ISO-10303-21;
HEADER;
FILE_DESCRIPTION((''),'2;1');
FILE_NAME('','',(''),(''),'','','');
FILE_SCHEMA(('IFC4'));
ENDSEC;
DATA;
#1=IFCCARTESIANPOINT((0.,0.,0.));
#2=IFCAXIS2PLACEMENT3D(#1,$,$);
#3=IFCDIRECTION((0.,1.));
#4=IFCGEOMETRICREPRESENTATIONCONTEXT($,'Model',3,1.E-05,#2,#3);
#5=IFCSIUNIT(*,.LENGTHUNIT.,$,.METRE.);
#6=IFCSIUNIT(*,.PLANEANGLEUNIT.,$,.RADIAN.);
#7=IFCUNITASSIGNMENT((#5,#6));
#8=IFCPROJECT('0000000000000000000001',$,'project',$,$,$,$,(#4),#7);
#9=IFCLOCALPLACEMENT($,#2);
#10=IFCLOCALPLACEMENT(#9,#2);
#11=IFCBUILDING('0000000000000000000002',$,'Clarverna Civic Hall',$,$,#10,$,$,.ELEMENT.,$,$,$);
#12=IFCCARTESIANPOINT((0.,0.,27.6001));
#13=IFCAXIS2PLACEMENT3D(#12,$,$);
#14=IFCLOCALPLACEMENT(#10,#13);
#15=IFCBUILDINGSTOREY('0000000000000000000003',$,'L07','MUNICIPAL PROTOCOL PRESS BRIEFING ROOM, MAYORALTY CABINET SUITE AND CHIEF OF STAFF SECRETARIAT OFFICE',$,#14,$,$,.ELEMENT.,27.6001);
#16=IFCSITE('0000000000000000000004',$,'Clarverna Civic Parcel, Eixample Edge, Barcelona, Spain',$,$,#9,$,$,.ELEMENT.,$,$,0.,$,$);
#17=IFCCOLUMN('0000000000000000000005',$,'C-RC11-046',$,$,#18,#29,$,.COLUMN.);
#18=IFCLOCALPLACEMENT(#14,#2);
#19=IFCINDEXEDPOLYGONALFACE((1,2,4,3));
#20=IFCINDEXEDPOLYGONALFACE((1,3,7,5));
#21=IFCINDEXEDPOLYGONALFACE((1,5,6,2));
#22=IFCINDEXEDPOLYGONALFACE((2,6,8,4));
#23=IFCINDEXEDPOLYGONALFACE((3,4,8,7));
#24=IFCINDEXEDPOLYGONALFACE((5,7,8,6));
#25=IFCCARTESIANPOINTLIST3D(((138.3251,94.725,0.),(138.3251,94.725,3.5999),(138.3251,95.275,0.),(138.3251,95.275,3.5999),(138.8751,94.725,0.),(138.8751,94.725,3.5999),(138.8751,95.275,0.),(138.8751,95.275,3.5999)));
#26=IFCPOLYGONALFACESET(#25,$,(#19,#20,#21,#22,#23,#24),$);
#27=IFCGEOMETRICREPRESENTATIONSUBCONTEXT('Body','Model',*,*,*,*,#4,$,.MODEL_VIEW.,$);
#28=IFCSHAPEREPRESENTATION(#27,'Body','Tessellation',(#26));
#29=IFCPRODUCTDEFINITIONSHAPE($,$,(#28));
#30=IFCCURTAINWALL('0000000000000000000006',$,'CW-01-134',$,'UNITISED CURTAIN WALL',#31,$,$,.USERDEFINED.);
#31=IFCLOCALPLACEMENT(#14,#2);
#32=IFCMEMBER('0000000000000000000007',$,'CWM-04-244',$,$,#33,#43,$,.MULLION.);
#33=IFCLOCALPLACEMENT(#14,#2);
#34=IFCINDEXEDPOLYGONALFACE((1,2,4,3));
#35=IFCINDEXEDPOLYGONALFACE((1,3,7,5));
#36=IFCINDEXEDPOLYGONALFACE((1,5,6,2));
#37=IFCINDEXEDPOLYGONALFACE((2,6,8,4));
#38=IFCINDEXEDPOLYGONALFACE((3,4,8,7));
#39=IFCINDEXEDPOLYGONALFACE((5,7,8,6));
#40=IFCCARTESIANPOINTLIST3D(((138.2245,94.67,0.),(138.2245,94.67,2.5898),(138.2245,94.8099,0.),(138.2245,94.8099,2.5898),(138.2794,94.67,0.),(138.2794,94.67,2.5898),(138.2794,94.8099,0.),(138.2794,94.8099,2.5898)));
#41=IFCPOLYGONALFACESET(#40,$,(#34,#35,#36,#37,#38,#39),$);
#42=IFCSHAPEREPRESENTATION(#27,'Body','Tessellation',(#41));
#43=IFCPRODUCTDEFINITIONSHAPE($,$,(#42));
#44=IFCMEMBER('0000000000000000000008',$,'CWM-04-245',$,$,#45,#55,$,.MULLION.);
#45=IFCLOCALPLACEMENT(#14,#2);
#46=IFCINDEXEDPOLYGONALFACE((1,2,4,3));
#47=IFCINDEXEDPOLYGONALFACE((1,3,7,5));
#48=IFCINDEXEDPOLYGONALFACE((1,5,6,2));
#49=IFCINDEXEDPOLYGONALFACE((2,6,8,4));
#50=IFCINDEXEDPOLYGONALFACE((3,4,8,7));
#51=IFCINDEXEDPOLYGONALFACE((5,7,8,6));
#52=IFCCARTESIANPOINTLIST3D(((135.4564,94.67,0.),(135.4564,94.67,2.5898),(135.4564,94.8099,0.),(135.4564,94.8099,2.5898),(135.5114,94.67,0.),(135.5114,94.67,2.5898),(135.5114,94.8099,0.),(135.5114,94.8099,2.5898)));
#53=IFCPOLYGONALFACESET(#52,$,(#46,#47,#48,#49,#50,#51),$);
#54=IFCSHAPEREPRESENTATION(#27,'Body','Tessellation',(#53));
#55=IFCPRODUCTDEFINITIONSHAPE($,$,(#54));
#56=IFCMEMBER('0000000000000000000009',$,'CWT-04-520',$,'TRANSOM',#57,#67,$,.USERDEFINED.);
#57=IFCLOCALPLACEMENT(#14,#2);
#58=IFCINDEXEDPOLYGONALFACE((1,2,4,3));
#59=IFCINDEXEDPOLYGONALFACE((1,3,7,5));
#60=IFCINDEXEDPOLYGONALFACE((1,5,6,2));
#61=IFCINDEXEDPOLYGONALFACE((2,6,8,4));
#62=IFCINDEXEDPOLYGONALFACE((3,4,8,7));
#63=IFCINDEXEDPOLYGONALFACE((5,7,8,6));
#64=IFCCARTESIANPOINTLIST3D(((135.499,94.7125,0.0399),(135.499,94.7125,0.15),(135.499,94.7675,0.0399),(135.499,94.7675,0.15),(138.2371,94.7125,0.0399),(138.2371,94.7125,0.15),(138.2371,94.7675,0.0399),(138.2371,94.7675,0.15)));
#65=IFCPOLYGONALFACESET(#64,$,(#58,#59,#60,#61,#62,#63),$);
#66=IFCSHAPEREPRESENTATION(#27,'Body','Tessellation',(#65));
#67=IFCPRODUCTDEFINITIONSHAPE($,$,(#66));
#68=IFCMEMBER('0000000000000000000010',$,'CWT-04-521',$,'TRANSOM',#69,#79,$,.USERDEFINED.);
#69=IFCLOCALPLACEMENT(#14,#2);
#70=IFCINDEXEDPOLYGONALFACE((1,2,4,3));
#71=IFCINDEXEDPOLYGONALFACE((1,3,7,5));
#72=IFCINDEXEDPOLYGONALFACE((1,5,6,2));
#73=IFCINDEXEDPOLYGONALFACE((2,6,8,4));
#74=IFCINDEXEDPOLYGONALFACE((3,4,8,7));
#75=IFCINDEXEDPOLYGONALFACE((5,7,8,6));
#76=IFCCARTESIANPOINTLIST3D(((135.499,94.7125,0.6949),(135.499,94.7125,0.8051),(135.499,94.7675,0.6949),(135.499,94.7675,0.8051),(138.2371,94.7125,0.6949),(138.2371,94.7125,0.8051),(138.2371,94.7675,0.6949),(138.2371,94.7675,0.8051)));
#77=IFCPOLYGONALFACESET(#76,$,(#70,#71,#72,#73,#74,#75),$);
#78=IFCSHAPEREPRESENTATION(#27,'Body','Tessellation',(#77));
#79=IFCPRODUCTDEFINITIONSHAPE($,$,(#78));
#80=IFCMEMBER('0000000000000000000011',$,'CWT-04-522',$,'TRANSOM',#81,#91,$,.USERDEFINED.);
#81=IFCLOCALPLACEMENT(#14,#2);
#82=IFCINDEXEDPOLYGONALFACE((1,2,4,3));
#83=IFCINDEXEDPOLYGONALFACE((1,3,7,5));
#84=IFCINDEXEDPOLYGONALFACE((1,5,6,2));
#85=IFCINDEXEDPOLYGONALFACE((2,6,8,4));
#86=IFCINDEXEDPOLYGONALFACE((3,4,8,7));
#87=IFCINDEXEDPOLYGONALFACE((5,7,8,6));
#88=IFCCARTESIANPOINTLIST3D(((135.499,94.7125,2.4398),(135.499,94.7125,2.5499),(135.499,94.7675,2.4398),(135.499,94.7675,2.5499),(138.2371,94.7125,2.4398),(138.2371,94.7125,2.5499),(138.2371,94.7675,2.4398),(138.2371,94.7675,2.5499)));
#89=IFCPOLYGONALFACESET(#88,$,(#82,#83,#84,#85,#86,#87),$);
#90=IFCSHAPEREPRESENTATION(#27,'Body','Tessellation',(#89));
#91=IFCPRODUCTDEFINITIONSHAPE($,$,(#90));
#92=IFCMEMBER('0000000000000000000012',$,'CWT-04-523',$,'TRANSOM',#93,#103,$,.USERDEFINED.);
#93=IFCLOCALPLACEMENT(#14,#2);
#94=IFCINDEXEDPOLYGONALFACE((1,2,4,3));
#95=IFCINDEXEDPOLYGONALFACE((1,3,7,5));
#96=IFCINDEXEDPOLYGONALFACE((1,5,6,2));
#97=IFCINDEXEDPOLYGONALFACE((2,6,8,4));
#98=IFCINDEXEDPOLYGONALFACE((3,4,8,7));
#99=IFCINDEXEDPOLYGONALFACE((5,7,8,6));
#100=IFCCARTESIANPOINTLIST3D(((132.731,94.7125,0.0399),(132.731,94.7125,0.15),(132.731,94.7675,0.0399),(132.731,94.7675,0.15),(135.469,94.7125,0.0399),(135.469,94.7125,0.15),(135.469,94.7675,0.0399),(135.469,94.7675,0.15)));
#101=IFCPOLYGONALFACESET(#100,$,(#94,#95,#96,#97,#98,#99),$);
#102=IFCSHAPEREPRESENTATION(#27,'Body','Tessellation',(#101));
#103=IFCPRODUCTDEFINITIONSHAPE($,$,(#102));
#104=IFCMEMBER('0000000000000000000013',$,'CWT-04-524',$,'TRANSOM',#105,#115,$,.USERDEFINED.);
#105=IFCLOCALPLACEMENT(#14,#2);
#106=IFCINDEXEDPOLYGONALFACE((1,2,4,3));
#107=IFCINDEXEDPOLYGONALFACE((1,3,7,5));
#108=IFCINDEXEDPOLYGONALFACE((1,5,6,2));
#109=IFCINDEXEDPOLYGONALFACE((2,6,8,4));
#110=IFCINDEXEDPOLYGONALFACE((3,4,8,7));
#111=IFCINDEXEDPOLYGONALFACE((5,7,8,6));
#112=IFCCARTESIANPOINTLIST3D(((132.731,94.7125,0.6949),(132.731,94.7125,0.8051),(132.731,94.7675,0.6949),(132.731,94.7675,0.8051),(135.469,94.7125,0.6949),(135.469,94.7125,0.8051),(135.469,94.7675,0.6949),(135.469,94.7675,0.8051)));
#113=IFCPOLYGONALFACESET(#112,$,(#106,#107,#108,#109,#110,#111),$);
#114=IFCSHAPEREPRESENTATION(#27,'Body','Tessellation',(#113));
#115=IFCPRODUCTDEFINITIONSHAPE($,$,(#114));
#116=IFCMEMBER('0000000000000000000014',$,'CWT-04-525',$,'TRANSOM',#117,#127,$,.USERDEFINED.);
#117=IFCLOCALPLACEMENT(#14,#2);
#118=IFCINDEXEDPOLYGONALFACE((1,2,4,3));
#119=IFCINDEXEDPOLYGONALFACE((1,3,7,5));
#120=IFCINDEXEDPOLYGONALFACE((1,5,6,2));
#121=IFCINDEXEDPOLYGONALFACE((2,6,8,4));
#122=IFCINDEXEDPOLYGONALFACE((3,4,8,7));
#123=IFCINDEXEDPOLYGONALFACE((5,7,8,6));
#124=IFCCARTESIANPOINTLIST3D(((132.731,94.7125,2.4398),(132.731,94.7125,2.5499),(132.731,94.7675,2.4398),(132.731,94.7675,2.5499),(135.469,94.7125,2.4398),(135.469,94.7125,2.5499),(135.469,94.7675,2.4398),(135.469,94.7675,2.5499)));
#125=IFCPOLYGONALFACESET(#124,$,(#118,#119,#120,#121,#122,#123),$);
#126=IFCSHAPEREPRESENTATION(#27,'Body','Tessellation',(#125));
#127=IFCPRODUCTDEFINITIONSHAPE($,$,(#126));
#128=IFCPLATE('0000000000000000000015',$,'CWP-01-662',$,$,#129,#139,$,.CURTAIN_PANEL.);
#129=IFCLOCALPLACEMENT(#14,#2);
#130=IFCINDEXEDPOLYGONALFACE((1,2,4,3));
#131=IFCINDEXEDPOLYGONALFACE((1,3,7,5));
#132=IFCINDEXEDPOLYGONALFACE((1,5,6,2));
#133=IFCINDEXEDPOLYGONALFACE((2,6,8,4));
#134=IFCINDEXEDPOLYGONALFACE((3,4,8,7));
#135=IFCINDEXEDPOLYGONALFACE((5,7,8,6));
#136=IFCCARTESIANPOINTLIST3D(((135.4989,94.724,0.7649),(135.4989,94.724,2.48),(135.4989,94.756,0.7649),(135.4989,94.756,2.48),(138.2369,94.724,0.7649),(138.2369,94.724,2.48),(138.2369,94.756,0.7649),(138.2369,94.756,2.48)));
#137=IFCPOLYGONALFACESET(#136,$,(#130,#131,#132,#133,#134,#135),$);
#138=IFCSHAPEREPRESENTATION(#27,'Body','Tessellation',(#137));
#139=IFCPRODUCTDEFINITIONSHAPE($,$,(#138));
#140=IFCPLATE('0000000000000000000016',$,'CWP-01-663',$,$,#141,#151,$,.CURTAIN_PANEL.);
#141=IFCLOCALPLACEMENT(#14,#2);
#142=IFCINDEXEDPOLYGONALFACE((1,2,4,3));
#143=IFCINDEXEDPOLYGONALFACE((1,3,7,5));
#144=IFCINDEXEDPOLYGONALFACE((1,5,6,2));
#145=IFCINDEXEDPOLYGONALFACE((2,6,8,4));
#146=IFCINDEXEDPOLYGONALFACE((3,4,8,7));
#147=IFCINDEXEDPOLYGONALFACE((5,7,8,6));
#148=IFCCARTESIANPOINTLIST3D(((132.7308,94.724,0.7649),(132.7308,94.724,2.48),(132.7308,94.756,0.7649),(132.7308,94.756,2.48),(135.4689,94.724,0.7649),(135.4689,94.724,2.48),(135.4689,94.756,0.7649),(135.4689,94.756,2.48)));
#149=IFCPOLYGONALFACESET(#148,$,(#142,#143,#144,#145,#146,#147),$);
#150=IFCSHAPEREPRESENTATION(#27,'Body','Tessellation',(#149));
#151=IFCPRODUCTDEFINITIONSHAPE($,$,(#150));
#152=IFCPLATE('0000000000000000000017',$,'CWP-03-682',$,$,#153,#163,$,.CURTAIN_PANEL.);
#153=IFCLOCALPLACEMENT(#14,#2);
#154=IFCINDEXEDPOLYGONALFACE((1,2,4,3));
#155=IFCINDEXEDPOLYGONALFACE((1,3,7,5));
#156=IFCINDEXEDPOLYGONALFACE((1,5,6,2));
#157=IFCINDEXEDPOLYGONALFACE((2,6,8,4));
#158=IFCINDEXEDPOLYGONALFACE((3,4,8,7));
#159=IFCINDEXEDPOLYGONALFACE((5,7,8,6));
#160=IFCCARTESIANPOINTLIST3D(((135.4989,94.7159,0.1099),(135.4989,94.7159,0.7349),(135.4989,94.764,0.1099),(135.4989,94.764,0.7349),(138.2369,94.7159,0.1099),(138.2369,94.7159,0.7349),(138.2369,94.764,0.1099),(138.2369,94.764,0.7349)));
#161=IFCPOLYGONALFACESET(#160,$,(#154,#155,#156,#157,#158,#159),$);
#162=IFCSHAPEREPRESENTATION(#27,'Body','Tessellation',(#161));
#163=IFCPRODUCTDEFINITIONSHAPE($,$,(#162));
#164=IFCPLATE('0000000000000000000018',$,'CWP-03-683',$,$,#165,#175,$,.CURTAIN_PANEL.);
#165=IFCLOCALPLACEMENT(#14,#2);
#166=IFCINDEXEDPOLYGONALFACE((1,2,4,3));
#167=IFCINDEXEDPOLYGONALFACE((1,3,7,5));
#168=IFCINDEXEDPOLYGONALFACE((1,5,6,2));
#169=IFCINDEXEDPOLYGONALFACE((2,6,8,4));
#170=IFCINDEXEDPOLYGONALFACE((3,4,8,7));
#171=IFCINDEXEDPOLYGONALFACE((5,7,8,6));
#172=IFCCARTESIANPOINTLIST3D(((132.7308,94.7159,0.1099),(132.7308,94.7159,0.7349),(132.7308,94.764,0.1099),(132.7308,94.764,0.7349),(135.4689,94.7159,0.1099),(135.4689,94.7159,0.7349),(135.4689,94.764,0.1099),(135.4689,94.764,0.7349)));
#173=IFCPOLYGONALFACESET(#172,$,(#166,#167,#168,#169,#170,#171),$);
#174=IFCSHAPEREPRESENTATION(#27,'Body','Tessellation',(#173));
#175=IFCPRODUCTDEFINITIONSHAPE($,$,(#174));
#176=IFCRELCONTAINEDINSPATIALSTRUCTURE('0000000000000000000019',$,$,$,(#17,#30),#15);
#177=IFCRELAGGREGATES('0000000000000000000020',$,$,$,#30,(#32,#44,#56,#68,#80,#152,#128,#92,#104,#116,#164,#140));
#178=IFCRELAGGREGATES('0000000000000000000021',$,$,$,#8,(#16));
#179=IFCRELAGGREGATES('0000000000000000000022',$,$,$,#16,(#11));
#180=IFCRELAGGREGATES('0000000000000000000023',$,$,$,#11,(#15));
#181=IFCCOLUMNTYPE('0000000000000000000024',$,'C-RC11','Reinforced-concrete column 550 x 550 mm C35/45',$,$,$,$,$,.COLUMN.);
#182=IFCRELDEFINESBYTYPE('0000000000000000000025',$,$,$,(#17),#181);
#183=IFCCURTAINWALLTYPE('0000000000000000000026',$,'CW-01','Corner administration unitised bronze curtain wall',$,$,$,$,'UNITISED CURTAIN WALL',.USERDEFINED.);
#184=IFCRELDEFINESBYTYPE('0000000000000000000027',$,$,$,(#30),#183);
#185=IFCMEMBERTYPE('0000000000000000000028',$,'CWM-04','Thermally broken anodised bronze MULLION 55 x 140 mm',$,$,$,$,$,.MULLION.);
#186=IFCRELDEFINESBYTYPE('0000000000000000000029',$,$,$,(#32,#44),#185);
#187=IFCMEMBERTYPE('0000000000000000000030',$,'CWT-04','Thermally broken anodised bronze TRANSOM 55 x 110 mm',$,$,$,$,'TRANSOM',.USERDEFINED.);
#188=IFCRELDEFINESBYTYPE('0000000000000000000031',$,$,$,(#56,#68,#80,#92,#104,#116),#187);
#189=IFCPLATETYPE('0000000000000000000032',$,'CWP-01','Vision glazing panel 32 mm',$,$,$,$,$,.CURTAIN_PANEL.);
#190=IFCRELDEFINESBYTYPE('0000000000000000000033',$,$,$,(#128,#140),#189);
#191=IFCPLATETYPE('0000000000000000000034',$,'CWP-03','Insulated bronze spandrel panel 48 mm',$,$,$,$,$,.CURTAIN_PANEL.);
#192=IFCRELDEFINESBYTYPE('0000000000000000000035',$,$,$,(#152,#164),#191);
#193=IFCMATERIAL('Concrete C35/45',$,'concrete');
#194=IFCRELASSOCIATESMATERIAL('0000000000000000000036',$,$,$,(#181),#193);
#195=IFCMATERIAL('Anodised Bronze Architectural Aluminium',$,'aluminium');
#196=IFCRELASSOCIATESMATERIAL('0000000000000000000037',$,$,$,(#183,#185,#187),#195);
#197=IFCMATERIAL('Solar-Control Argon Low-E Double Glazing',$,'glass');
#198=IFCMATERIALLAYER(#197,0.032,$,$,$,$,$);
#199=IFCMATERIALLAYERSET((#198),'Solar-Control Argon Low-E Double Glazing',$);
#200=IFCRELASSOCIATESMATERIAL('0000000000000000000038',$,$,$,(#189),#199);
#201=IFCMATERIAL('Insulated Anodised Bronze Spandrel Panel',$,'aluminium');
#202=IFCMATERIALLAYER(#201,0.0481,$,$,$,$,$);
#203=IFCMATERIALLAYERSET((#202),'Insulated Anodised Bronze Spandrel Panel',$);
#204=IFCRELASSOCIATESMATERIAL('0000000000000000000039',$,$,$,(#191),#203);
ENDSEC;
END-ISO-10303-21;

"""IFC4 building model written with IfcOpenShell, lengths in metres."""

from ifc_helpers import new_model, si_unit, direction, frame, frame_2d, origin, origin_2d, place, context, subcontext, project, spatial, rectangle, extrude, material, layer, layer_set, material_profile, profile_set, type_object, element, aggregate, save


model = new_model("IFC4")

# Units and contexts
model_context = context("Model", 3, precision=1e-05, world=origin(), true_north=direction((0.0, 1.0)))
body_context = subcontext(model_context, "Body", "Model", "MODEL_VIEW")
ifc_project = project(units=[si_unit("LENGTHUNIT", "METRE"), si_unit("PLANEANGLEUNIT", "RADIAN")], contexts=[model_context])

# Site, building, storey
site_placement = place(None, origin())
site = spatial("IfcSite", under=ifc_project, at=site_placement, Name="Clarverna Civic Parcel, Eixample Edge, Barcelona, Spain", CompositionType="ELEMENT", RefElevation=0.0)
building_placement = place(site_placement, origin())
building = spatial("IfcBuilding", under=site, at=building_placement, Name="Clarverna Civic Hall", CompositionType="ELEMENT")
storey_placement = place(building_placement, frame((0.0, 0.0, 27.6001)))
storey = spatial("IfcBuildingStorey", under=building, at=storey_placement, Name="L07", Description="MUNICIPAL PROTOCOL PRESS BRIEFING ROOM, MAYORALTY CABINET SUITE AND CHIEF OF STAFF SECRETARIAT OFFICE", CompositionType="ELEMENT", Elevation=27.6001)

# Column
ifc_material_1 = material(Name="Concrete C35/45", Category="concrete")
ifc_material_profile_1 = material_profile(ifc_material_1, rectangle(XDim=0.55, YDim=0.55, at=origin_2d()), Name="RC 550x550")
ifc_profile_set_1 = profile_set([ifc_material_profile_1], Name="Concrete C35/45")
column_type = type_object("IfcColumnType", Name="C-RC11", Description="Reinforced-concrete column 550 x 550 mm C35/45", PredefinedType="COLUMN", material=ifc_profile_set_1)
column_placement = place(storey_placement, frame((138.6001, 95.0, 0.0), z_axis=(0.0, 0.0, 1.0), x_axis=(1.0, 0.0, 0.0)))
element("IfcColumn", 1, at=column_placement, inside=storey, type_object=column_type, Name="C-RC11-046", PredefinedType="COLUMN", context=body_context, shape_type="SweptSolid", body=[
    extrude(rectangle(XDim=0.55, YDim=0.55, at=origin_2d()), origin(), (0.0, 0.0, 1.0), 3.5999),
])

# Curtain wall, members, plates
ifc_material_2 = material(Name="Anodised Bronze Architectural Aluminium", Category="aluminium")
curtain_wall_type = type_object("IfcCurtainWallType", Name="CW-01", Description="Corner administration unitised bronze curtain wall", ElementType="UNITISED CURTAIN WALL", PredefinedType="USERDEFINED", material=ifc_material_2)
curtain_wall_placement = place(storey_placement, origin())
curtain_wall = element("IfcCurtainWall", 2, at=curtain_wall_placement, inside=storey, type_object=curtain_wall_type, Name="CW-01-134", ObjectType="UNITISED CURTAIN WALL", PredefinedType="USERDEFINED")
ifc_material_profile_2 = material_profile(ifc_material_2, rectangle(XDim=0.0549, YDim=0.1399, at=origin_2d()), Name="BRONZE 55x140")
ifc_profile_set_2 = profile_set([ifc_material_profile_2], Name="Anodised Bronze Architectural Aluminium")
member_type_1 = type_object("IfcMemberType", Name="CWM-04", Description="Thermally broken anodised bronze MULLION 55 x 140 mm", PredefinedType="MULLION", material=ifc_profile_set_2)
member_1_placement = place(storey_placement, frame((138.252, 94.74, 0.0), z_axis=(0.0, 0.0, 1.0), x_axis=(1.0, 0.0, 0.0)))
member_1 = element("IfcMember", 3, at=member_1_placement, type_object=member_type_1, Name="CWM-04-244", PredefinedType="MULLION", context=body_context, shape_type="SweptSolid", body=[
    extrude(rectangle(XDim=0.0549, YDim=0.1399, at=origin_2d()), origin(), (0.0, 0.0, 1.0), 2.5898),
])
member_2_placement = place(storey_placement, frame((135.4839, 94.74, 0.0), z_axis=(0.0, 0.0, 1.0), x_axis=(1.0, 0.0, 0.0)))
member_2 = element("IfcMember", 4, at=member_2_placement, type_object=member_type_1, Name="CWM-04-245", PredefinedType="MULLION", context=body_context, shape_type="SweptSolid", body=[
    extrude(rectangle(XDim=0.0549, YDim=0.1399, at=origin_2d()), origin(), (0.0, 0.0, 1.0), 2.5898),
])
ifc_material_profile_3 = material_profile(ifc_material_2, rectangle(XDim=0.0549, YDim=0.1101, at=origin_2d()), Name="BRONZE 55x110")
ifc_profile_set_3 = profile_set([ifc_material_profile_3], Name="Anodised Bronze Architectural Aluminium")
member_type_2 = type_object("IfcMemberType", Name="CWT-04", Description="Thermally broken anodised bronze TRANSOM 55 x 110 mm", ElementType="TRANSOM", PredefinedType="USERDEFINED", material=ifc_profile_set_3)
member_3_placement = place(storey_placement, frame((138.2371, 94.74, 0.095), z_axis=(-1.0, 0.0, 0.0), x_axis=(0.0, -1.0, 0.0)))
member_3 = element("IfcMember", 5, at=member_3_placement, type_object=member_type_2, Name="CWT-04-520", ObjectType="TRANSOM", PredefinedType="USERDEFINED", context=body_context, shape_type="SweptSolid", body=[
    extrude(rectangle(XDim=0.0549, YDim=0.1101, at=origin_2d()), origin(), (0.0, 0.0, 1.0), 2.738),
])
member_4_placement = place(storey_placement, frame((138.2371, 94.74, 0.75), z_axis=(-1.0, 0.0, 0.0), x_axis=(0.0, -1.0, 0.0)))
member_4 = element("IfcMember", 6, at=member_4_placement, type_object=member_type_2, Name="CWT-04-521", ObjectType="TRANSOM", PredefinedType="USERDEFINED", context=body_context, shape_type="SweptSolid", body=[
    extrude(rectangle(XDim=0.0549, YDim=0.1101, at=origin_2d()), origin(), (0.0, 0.0, 1.0), 2.738),
])
member_5_placement = place(storey_placement, frame((138.2371, 94.74, 2.4949), z_axis=(-1.0, 0.0, 0.0), x_axis=(0.0, -1.0, 0.0)))
member_5 = element("IfcMember", 7, at=member_5_placement, type_object=member_type_2, Name="CWT-04-522", ObjectType="TRANSOM", PredefinedType="USERDEFINED", context=body_context, shape_type="SweptSolid", body=[
    extrude(rectangle(XDim=0.0549, YDim=0.1101, at=origin_2d()), origin(), (0.0, 0.0, 1.0), 2.738),
])
member_6_placement = place(storey_placement, frame((135.469, 94.74, 0.095), z_axis=(-1.0, 0.0, 0.0), x_axis=(0.0, -1.0, 0.0)))
member_6 = element("IfcMember", 8, at=member_6_placement, type_object=member_type_2, Name="CWT-04-523", ObjectType="TRANSOM", PredefinedType="USERDEFINED", context=body_context, shape_type="SweptSolid", body=[
    extrude(rectangle(XDim=0.0549, YDim=0.1101, at=origin_2d()), origin(), (0.0, 0.0, 1.0), 2.738),
])
member_7_placement = place(storey_placement, frame((135.469, 94.74, 0.75), z_axis=(-1.0, 0.0, 0.0), x_axis=(0.0, -1.0, 0.0)))
member_7 = element("IfcMember", 9, at=member_7_placement, type_object=member_type_2, Name="CWT-04-524", ObjectType="TRANSOM", PredefinedType="USERDEFINED", context=body_context, shape_type="SweptSolid", body=[
    extrude(rectangle(XDim=0.0549, YDim=0.1101, at=origin_2d()), origin(), (0.0, 0.0, 1.0), 2.738),
])
member_8_placement = place(storey_placement, frame((135.469, 94.74, 2.4949), z_axis=(-1.0, 0.0, 0.0), x_axis=(0.0, -1.0, 0.0)))
member_8 = element("IfcMember", 10, at=member_8_placement, type_object=member_type_2, Name="CWT-04-525", ObjectType="TRANSOM", PredefinedType="USERDEFINED", context=body_context, shape_type="SweptSolid", body=[
    extrude(rectangle(XDim=0.0549, YDim=0.1101, at=origin_2d()), origin(), (0.0, 0.0, 1.0), 2.738),
])
ifc_material_3 = material(Name="Solar-Control Argon Low-E Double Glazing", Category="glass")
ifc_layer_1 = layer(ifc_material_3, 0.032)
ifc_layer_set_1 = layer_set([ifc_layer_1], Name="Solar-Control Argon Low-E Double Glazing")
plate_type_1 = type_object("IfcPlateType", Name="CWP-01", Description="Vision glazing panel 32 mm", PredefinedType="CURTAIN_PANEL", material=ifc_layer_set_1)
plate_1_placement = place(storey_placement, frame((138.2371, 94.74, 0.7649), z_axis=(0.0, 0.0, 1.0), x_axis=(-1.0, 0.0, 0.0)))
plate_1 = element("IfcPlate", 11, at=plate_1_placement, type_object=plate_type_1, Name="CWP-01-662", PredefinedType="CURTAIN_PANEL", context=body_context, shape_type="SweptSolid", body=[
    extrude(rectangle(XDim=2.738, YDim=0.032, at=frame_2d((1.3691, 0.0))), origin(), (0.0, 0.0, 1.0), 1.7151),
])
plate_2_placement = place(storey_placement, frame((135.469, 94.74, 0.7649), z_axis=(0.0, 0.0, 1.0), x_axis=(-1.0, 0.0, 0.0)))
plate_2 = element("IfcPlate", 12, at=plate_2_placement, type_object=plate_type_1, Name="CWP-01-663", PredefinedType="CURTAIN_PANEL", context=body_context, shape_type="SweptSolid", body=[
    extrude(rectangle(XDim=2.738, YDim=0.032, at=frame_2d((1.3691, 0.0))), origin(), (0.0, 0.0, 1.0), 1.7151),
])
ifc_material_4 = material(Name="Insulated Anodised Bronze Spandrel Panel", Category="aluminium")
ifc_layer_2 = layer(ifc_material_4, 0.0481)
ifc_layer_set_2 = layer_set([ifc_layer_2], Name="Insulated Anodised Bronze Spandrel Panel")
plate_type_2 = type_object("IfcPlateType", Name="CWP-03", Description="Insulated bronze spandrel panel 48 mm", PredefinedType="CURTAIN_PANEL", material=ifc_layer_set_2)
plate_3_placement = place(storey_placement, frame((138.2371, 94.74, 0.1099), z_axis=(0.0, 0.0, 1.0), x_axis=(-1.0, 0.0, 0.0)))
plate_3 = element("IfcPlate", 13, at=plate_3_placement, type_object=plate_type_2, Name="CWP-03-682", PredefinedType="CURTAIN_PANEL", context=body_context, shape_type="SweptSolid", body=[
    extrude(rectangle(XDim=2.738, YDim=0.0481, at=frame_2d((1.3691, 0.0))), origin(), (0.0, 0.0, 1.0), 0.625),
])
plate_4_placement = place(storey_placement, frame((135.469, 94.74, 0.1099), z_axis=(0.0, 0.0, 1.0), x_axis=(-1.0, 0.0, 0.0)))
plate_4 = element("IfcPlate", 14, at=plate_4_placement, type_object=plate_type_2, Name="CWP-03-683", PredefinedType="CURTAIN_PANEL", context=body_context, shape_type="SweptSolid", body=[
    extrude(rectangle(XDim=2.738, YDim=0.0481, at=frame_2d((1.3691, 0.0))), origin(), (0.0, 0.0, 1.0), 0.625),
])
aggregate(curtain_wall, [member_1, member_2, member_3, member_4, member_5, plate_3, plate_1, member_6, member_7, member_8, plate_4, plate_2])

save(model, "model.ifc")
